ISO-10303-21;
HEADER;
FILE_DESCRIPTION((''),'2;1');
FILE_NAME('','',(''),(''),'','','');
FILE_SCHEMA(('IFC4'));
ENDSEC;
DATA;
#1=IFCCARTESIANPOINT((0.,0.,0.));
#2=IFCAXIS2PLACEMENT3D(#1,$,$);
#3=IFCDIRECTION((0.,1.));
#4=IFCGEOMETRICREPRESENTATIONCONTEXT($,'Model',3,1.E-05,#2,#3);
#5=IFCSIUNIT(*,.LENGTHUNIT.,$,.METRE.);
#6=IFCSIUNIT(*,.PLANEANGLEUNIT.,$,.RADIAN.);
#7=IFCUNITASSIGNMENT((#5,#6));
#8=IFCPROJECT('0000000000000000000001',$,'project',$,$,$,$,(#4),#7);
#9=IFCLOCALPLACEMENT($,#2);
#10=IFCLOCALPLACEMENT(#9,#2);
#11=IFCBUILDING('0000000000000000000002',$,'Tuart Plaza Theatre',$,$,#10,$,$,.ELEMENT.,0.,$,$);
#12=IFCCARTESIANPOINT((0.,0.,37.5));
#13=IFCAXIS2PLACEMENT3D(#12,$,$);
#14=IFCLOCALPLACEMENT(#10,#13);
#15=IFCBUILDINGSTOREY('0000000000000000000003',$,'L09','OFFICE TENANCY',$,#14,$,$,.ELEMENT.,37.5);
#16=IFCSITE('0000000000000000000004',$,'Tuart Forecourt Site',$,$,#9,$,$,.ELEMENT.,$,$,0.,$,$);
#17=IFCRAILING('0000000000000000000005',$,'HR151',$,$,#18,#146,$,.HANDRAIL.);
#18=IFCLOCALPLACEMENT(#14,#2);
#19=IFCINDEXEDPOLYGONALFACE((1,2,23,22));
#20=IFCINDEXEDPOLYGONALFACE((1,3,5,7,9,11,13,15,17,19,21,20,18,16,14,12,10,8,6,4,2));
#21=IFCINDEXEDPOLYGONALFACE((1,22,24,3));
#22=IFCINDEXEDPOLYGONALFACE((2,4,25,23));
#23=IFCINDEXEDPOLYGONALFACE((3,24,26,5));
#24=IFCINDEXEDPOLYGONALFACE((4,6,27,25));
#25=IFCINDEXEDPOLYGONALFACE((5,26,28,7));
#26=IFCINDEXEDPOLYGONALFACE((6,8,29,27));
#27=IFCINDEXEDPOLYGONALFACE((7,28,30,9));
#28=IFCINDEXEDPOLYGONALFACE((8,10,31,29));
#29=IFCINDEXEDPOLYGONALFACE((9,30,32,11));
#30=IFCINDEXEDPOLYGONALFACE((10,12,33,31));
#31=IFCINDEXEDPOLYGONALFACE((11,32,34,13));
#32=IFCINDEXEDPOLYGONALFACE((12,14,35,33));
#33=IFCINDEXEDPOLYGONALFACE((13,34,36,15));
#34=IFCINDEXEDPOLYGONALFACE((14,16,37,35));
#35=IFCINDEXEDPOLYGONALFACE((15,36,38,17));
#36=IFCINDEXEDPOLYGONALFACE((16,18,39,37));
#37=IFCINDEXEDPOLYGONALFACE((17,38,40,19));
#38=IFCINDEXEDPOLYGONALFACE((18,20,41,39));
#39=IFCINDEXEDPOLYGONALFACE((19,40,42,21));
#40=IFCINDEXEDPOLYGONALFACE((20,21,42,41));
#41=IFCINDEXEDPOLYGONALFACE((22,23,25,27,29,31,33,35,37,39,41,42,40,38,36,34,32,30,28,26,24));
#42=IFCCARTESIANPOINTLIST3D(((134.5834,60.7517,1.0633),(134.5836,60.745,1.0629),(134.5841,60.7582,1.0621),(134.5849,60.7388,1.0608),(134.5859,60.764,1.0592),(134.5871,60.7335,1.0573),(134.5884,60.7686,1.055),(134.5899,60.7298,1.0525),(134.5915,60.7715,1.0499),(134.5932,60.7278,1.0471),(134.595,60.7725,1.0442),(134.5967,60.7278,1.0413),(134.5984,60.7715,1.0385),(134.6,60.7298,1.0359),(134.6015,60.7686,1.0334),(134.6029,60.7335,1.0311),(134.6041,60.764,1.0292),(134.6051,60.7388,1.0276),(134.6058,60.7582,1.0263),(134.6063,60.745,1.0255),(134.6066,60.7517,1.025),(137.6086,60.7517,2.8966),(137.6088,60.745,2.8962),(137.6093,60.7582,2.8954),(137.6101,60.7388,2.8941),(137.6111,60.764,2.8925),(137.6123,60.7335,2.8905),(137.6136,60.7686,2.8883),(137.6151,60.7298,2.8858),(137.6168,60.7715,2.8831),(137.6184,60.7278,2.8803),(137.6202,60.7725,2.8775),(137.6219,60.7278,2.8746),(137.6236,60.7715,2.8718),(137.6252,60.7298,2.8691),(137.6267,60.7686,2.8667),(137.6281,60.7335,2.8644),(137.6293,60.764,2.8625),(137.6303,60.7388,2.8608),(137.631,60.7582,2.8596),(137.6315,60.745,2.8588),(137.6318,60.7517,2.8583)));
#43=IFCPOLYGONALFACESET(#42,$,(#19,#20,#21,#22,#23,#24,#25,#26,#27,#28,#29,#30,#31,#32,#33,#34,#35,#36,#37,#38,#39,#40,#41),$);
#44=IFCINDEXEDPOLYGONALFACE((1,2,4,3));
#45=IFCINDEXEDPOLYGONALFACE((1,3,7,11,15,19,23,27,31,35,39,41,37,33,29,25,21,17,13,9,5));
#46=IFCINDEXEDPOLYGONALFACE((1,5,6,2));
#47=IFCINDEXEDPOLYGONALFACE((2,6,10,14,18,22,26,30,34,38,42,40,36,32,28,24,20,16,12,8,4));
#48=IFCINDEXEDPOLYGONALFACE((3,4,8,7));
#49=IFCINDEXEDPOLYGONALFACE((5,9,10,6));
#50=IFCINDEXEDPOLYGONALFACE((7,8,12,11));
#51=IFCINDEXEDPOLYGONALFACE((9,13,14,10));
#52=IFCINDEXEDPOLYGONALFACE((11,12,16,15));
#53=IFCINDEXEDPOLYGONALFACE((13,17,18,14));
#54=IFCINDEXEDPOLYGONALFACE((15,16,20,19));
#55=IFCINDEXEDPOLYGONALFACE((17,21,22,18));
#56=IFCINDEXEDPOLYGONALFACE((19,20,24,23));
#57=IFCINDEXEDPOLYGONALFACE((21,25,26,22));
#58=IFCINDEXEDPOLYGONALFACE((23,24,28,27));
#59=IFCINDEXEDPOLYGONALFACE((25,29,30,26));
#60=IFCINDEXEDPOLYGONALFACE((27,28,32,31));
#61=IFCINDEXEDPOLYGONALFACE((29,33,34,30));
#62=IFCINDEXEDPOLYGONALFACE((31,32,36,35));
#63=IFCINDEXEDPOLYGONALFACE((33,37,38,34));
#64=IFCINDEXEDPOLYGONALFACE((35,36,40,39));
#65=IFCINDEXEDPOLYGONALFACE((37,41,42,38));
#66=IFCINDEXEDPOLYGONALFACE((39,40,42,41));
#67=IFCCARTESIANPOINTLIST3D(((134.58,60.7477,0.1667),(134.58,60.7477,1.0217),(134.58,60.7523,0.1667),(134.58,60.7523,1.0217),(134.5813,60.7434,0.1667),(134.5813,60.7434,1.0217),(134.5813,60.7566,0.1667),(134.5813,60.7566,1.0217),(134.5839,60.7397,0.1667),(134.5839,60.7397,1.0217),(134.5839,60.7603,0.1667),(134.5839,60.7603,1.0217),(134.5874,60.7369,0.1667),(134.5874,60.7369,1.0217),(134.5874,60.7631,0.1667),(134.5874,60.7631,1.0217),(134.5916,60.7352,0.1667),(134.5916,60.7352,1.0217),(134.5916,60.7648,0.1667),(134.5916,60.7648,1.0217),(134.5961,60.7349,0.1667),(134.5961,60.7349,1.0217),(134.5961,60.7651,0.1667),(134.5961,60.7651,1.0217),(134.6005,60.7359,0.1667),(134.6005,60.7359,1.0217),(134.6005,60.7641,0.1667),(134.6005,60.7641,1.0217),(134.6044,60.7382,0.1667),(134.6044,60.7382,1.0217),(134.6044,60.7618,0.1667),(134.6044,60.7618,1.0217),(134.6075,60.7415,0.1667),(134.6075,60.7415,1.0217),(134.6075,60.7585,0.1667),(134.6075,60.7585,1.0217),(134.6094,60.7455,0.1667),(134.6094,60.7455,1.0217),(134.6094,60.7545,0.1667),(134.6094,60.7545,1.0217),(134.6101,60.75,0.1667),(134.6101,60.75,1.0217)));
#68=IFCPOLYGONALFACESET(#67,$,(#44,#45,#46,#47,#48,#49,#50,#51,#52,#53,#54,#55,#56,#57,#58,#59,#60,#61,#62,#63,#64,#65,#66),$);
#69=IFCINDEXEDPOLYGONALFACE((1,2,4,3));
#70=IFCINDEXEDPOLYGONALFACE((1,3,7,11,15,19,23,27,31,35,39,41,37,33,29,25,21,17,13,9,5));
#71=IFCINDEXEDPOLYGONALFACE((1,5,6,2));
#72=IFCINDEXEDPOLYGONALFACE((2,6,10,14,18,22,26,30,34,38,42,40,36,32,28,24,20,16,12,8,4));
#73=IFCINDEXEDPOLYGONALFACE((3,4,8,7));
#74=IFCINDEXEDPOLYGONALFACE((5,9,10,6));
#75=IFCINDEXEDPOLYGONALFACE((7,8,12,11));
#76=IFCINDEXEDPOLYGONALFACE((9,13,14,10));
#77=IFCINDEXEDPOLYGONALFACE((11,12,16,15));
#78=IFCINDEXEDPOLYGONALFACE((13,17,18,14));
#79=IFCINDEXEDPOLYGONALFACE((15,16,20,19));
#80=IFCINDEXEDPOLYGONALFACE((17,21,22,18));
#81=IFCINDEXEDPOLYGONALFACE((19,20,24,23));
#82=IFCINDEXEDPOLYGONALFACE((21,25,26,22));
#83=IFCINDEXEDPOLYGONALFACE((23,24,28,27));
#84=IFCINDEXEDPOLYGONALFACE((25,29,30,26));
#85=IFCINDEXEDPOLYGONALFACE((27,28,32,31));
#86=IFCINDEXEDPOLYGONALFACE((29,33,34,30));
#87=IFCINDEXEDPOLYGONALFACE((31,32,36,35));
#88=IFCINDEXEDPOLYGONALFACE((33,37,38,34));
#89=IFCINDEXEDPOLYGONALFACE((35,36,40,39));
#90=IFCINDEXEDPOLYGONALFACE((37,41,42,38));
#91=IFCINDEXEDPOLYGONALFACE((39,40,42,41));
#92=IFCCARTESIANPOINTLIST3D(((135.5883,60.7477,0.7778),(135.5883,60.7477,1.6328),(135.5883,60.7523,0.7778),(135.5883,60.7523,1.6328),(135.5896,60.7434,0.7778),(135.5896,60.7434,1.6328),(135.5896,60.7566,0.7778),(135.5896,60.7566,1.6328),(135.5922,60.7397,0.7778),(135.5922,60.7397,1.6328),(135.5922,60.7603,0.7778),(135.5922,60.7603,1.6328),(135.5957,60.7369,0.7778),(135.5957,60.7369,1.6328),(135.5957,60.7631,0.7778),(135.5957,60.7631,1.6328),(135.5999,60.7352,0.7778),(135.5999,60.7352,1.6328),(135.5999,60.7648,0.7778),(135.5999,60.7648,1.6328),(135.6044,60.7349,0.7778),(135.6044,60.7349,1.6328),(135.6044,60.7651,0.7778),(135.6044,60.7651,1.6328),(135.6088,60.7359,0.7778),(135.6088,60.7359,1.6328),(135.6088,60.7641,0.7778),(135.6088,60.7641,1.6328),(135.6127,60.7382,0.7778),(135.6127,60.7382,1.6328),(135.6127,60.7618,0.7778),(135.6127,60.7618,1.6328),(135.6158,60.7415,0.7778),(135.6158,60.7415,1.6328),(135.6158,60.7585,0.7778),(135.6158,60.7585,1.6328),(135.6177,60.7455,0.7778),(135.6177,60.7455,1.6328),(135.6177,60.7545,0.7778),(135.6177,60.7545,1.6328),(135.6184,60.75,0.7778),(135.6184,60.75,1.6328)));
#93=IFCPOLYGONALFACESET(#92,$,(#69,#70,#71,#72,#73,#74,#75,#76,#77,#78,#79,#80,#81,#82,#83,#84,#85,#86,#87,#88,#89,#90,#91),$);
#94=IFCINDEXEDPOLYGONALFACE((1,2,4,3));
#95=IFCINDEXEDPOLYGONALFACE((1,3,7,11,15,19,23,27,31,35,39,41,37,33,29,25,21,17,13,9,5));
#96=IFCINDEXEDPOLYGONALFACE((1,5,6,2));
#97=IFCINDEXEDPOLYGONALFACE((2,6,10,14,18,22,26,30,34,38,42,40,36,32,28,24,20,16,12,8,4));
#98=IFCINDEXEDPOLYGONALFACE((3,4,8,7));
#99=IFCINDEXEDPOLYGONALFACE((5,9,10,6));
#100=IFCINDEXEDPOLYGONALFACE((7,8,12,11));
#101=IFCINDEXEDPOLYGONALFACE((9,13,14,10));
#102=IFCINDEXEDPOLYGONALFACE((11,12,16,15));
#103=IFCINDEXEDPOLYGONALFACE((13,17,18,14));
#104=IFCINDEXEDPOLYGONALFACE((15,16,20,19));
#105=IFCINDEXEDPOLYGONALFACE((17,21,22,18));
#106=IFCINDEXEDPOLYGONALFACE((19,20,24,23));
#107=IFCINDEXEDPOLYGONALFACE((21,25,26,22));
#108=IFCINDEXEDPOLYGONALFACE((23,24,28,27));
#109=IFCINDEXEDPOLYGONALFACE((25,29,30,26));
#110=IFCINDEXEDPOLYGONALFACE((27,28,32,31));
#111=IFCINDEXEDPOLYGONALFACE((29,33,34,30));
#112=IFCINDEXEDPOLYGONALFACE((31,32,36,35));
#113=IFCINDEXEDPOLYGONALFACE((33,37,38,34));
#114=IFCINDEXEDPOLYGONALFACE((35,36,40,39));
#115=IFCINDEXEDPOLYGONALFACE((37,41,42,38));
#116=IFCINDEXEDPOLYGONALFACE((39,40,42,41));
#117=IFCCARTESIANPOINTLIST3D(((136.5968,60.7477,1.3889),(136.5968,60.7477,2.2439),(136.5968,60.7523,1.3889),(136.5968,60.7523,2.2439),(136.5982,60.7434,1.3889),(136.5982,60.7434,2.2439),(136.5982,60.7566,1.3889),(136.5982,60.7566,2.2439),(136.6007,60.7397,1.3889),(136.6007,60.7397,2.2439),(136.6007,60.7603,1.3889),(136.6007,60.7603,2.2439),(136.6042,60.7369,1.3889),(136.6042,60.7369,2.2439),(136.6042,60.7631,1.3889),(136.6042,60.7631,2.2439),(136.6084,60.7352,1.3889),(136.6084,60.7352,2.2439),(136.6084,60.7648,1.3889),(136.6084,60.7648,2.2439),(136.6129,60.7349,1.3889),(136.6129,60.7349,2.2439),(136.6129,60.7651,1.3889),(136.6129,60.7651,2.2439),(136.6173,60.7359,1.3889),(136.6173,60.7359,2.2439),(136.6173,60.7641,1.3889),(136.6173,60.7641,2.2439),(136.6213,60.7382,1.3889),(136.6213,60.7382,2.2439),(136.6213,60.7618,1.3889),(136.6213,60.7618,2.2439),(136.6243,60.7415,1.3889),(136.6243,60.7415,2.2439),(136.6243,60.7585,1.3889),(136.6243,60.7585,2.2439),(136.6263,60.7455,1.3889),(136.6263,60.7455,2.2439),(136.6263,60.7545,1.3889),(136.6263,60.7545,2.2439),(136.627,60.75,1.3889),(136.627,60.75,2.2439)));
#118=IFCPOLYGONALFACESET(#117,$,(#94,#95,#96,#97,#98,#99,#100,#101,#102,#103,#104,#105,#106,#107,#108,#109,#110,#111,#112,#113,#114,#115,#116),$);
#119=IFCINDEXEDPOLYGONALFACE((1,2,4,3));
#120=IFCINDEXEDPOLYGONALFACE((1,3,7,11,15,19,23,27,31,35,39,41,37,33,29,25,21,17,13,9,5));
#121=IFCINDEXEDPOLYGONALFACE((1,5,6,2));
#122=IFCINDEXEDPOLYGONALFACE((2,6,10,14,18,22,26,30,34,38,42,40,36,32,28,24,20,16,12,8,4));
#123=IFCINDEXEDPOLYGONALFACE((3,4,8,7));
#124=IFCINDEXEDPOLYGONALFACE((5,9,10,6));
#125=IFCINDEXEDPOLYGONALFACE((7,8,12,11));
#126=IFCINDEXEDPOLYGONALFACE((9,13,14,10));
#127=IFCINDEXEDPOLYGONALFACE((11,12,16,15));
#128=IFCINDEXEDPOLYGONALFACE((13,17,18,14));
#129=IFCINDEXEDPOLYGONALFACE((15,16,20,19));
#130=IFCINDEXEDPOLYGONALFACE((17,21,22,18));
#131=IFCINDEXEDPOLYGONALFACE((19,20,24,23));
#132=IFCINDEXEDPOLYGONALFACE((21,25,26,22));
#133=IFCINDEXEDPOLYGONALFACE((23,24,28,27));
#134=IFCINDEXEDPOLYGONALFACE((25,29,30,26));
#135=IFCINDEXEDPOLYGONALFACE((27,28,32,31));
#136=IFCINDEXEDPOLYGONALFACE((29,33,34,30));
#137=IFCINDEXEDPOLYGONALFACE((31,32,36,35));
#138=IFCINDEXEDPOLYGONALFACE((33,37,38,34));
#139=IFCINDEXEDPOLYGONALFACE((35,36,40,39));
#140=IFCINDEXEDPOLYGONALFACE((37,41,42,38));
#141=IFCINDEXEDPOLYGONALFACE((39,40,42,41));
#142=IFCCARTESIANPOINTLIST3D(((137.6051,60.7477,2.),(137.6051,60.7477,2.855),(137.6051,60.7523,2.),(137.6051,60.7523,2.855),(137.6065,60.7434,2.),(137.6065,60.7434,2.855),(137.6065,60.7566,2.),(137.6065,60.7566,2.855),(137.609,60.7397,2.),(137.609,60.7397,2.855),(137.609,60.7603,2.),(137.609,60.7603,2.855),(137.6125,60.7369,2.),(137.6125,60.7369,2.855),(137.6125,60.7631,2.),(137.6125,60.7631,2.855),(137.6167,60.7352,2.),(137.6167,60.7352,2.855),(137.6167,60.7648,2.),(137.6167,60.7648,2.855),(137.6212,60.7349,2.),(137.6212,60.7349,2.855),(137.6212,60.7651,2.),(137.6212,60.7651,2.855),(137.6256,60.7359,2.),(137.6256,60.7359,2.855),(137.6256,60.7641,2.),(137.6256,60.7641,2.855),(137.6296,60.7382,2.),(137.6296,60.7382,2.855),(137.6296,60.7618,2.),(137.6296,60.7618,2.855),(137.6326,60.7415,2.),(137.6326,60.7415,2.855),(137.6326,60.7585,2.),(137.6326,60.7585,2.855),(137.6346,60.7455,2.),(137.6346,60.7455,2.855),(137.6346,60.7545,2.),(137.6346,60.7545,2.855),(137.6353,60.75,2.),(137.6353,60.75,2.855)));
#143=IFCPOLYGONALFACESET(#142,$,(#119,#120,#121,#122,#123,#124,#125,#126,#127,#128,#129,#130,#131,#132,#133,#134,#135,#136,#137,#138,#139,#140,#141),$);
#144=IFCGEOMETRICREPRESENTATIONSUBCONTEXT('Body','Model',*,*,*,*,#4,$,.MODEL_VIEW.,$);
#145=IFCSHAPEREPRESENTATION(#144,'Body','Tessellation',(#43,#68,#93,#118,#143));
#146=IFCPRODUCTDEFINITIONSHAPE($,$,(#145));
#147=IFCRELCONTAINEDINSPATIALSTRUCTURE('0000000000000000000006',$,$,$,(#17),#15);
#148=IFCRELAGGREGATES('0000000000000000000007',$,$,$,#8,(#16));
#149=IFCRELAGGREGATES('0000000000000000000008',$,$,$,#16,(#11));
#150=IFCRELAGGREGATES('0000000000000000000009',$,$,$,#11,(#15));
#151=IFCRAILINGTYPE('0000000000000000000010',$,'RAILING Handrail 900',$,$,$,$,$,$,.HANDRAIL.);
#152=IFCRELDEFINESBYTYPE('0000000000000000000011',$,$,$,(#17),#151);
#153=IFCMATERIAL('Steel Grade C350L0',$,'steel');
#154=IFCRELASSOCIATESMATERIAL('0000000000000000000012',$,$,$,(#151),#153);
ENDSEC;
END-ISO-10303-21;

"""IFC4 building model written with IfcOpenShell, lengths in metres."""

from ifc_helpers import new_model, si_unit, direction, frame, origin, origin_2d, place, context, subcontext, project, spatial, circle, extrude, material, type_object, element, save


model = new_model("IFC4")

# Units and contexts
model_context = context("Model", 3, precision=1e-05, world=origin(), true_north=direction((0.0, 1.0)))
body_context = subcontext(model_context, "Body", "Model", "MODEL_VIEW")
ifc_project = project(units=[si_unit("LENGTHUNIT", "METRE"), si_unit("PLANEANGLEUNIT", "RADIAN")], contexts=[model_context])

# Site, building, storey
site_placement = place(None, origin())
site = spatial("IfcSite", under=ifc_project, at=site_placement, Name="Tuart Forecourt Site", CompositionType="ELEMENT", RefElevation=0.0)
building_placement = place(site_placement, origin())
building = spatial("IfcBuilding", under=site, at=building_placement, Name="Tuart Plaza Theatre", CompositionType="ELEMENT", ElevationOfRefHeight=0.0)
storey_placement = place(building_placement, frame((0.0, 0.0, 37.5)))
storey = spatial("IfcBuildingStorey", under=building, at=storey_placement, Name="L09", Description="OFFICE TENANCY", CompositionType="ELEMENT", Elevation=37.5)

# Railing
ifc_material_1 = material(Name="Steel Grade C350L0", Category="steel")
railing_type_1 = type_object("IfcRailingType", Name="RAILING Handrail 900", PredefinedType="HANDRAIL", material=ifc_material_1)
for number, where, name in (
    (1, (134.595, 60.75, 0.1667), "HR151"),
):
    element("IfcRailing", number, at=place(storey_placement, frame(where)), inside=storey, type_object=railing_type_1, Name=name, PredefinedType="HANDRAIL", context=body_context, shape_type="SweptSolid", body=[
        extrude(circle(Radius=0.0225, at=origin_2d()), frame((0.0, 0.0, 0.8774), z_axis=(0.855219, 0.0, 0.518267), x_axis=(0.0, 1.0, 0.0)), (0.0, 0.0, 1.0), 3.5374),
        extrude(circle(Radius=0.0151, at=origin_2d()), origin(), (0.0, 0.0, 1.0), 0.855),
        extrude(circle(Radius=0.0151, at=origin_2d()), frame((1.0083, 0.0, 0.6111)), (0.0, 0.0, 1.0), 0.855),
        extrude(circle(Radius=0.0151, at=origin_2d()), frame((2.0168, 0.0, 1.2222)), (0.0, 0.0, 1.0), 0.855),
        extrude(circle(Radius=0.0151, at=origin_2d()), frame((3.0251, 0.0, 1.8333)), (0.0, 0.0, 1.0), 0.855),
    ])

save(model, "model.ifc")
